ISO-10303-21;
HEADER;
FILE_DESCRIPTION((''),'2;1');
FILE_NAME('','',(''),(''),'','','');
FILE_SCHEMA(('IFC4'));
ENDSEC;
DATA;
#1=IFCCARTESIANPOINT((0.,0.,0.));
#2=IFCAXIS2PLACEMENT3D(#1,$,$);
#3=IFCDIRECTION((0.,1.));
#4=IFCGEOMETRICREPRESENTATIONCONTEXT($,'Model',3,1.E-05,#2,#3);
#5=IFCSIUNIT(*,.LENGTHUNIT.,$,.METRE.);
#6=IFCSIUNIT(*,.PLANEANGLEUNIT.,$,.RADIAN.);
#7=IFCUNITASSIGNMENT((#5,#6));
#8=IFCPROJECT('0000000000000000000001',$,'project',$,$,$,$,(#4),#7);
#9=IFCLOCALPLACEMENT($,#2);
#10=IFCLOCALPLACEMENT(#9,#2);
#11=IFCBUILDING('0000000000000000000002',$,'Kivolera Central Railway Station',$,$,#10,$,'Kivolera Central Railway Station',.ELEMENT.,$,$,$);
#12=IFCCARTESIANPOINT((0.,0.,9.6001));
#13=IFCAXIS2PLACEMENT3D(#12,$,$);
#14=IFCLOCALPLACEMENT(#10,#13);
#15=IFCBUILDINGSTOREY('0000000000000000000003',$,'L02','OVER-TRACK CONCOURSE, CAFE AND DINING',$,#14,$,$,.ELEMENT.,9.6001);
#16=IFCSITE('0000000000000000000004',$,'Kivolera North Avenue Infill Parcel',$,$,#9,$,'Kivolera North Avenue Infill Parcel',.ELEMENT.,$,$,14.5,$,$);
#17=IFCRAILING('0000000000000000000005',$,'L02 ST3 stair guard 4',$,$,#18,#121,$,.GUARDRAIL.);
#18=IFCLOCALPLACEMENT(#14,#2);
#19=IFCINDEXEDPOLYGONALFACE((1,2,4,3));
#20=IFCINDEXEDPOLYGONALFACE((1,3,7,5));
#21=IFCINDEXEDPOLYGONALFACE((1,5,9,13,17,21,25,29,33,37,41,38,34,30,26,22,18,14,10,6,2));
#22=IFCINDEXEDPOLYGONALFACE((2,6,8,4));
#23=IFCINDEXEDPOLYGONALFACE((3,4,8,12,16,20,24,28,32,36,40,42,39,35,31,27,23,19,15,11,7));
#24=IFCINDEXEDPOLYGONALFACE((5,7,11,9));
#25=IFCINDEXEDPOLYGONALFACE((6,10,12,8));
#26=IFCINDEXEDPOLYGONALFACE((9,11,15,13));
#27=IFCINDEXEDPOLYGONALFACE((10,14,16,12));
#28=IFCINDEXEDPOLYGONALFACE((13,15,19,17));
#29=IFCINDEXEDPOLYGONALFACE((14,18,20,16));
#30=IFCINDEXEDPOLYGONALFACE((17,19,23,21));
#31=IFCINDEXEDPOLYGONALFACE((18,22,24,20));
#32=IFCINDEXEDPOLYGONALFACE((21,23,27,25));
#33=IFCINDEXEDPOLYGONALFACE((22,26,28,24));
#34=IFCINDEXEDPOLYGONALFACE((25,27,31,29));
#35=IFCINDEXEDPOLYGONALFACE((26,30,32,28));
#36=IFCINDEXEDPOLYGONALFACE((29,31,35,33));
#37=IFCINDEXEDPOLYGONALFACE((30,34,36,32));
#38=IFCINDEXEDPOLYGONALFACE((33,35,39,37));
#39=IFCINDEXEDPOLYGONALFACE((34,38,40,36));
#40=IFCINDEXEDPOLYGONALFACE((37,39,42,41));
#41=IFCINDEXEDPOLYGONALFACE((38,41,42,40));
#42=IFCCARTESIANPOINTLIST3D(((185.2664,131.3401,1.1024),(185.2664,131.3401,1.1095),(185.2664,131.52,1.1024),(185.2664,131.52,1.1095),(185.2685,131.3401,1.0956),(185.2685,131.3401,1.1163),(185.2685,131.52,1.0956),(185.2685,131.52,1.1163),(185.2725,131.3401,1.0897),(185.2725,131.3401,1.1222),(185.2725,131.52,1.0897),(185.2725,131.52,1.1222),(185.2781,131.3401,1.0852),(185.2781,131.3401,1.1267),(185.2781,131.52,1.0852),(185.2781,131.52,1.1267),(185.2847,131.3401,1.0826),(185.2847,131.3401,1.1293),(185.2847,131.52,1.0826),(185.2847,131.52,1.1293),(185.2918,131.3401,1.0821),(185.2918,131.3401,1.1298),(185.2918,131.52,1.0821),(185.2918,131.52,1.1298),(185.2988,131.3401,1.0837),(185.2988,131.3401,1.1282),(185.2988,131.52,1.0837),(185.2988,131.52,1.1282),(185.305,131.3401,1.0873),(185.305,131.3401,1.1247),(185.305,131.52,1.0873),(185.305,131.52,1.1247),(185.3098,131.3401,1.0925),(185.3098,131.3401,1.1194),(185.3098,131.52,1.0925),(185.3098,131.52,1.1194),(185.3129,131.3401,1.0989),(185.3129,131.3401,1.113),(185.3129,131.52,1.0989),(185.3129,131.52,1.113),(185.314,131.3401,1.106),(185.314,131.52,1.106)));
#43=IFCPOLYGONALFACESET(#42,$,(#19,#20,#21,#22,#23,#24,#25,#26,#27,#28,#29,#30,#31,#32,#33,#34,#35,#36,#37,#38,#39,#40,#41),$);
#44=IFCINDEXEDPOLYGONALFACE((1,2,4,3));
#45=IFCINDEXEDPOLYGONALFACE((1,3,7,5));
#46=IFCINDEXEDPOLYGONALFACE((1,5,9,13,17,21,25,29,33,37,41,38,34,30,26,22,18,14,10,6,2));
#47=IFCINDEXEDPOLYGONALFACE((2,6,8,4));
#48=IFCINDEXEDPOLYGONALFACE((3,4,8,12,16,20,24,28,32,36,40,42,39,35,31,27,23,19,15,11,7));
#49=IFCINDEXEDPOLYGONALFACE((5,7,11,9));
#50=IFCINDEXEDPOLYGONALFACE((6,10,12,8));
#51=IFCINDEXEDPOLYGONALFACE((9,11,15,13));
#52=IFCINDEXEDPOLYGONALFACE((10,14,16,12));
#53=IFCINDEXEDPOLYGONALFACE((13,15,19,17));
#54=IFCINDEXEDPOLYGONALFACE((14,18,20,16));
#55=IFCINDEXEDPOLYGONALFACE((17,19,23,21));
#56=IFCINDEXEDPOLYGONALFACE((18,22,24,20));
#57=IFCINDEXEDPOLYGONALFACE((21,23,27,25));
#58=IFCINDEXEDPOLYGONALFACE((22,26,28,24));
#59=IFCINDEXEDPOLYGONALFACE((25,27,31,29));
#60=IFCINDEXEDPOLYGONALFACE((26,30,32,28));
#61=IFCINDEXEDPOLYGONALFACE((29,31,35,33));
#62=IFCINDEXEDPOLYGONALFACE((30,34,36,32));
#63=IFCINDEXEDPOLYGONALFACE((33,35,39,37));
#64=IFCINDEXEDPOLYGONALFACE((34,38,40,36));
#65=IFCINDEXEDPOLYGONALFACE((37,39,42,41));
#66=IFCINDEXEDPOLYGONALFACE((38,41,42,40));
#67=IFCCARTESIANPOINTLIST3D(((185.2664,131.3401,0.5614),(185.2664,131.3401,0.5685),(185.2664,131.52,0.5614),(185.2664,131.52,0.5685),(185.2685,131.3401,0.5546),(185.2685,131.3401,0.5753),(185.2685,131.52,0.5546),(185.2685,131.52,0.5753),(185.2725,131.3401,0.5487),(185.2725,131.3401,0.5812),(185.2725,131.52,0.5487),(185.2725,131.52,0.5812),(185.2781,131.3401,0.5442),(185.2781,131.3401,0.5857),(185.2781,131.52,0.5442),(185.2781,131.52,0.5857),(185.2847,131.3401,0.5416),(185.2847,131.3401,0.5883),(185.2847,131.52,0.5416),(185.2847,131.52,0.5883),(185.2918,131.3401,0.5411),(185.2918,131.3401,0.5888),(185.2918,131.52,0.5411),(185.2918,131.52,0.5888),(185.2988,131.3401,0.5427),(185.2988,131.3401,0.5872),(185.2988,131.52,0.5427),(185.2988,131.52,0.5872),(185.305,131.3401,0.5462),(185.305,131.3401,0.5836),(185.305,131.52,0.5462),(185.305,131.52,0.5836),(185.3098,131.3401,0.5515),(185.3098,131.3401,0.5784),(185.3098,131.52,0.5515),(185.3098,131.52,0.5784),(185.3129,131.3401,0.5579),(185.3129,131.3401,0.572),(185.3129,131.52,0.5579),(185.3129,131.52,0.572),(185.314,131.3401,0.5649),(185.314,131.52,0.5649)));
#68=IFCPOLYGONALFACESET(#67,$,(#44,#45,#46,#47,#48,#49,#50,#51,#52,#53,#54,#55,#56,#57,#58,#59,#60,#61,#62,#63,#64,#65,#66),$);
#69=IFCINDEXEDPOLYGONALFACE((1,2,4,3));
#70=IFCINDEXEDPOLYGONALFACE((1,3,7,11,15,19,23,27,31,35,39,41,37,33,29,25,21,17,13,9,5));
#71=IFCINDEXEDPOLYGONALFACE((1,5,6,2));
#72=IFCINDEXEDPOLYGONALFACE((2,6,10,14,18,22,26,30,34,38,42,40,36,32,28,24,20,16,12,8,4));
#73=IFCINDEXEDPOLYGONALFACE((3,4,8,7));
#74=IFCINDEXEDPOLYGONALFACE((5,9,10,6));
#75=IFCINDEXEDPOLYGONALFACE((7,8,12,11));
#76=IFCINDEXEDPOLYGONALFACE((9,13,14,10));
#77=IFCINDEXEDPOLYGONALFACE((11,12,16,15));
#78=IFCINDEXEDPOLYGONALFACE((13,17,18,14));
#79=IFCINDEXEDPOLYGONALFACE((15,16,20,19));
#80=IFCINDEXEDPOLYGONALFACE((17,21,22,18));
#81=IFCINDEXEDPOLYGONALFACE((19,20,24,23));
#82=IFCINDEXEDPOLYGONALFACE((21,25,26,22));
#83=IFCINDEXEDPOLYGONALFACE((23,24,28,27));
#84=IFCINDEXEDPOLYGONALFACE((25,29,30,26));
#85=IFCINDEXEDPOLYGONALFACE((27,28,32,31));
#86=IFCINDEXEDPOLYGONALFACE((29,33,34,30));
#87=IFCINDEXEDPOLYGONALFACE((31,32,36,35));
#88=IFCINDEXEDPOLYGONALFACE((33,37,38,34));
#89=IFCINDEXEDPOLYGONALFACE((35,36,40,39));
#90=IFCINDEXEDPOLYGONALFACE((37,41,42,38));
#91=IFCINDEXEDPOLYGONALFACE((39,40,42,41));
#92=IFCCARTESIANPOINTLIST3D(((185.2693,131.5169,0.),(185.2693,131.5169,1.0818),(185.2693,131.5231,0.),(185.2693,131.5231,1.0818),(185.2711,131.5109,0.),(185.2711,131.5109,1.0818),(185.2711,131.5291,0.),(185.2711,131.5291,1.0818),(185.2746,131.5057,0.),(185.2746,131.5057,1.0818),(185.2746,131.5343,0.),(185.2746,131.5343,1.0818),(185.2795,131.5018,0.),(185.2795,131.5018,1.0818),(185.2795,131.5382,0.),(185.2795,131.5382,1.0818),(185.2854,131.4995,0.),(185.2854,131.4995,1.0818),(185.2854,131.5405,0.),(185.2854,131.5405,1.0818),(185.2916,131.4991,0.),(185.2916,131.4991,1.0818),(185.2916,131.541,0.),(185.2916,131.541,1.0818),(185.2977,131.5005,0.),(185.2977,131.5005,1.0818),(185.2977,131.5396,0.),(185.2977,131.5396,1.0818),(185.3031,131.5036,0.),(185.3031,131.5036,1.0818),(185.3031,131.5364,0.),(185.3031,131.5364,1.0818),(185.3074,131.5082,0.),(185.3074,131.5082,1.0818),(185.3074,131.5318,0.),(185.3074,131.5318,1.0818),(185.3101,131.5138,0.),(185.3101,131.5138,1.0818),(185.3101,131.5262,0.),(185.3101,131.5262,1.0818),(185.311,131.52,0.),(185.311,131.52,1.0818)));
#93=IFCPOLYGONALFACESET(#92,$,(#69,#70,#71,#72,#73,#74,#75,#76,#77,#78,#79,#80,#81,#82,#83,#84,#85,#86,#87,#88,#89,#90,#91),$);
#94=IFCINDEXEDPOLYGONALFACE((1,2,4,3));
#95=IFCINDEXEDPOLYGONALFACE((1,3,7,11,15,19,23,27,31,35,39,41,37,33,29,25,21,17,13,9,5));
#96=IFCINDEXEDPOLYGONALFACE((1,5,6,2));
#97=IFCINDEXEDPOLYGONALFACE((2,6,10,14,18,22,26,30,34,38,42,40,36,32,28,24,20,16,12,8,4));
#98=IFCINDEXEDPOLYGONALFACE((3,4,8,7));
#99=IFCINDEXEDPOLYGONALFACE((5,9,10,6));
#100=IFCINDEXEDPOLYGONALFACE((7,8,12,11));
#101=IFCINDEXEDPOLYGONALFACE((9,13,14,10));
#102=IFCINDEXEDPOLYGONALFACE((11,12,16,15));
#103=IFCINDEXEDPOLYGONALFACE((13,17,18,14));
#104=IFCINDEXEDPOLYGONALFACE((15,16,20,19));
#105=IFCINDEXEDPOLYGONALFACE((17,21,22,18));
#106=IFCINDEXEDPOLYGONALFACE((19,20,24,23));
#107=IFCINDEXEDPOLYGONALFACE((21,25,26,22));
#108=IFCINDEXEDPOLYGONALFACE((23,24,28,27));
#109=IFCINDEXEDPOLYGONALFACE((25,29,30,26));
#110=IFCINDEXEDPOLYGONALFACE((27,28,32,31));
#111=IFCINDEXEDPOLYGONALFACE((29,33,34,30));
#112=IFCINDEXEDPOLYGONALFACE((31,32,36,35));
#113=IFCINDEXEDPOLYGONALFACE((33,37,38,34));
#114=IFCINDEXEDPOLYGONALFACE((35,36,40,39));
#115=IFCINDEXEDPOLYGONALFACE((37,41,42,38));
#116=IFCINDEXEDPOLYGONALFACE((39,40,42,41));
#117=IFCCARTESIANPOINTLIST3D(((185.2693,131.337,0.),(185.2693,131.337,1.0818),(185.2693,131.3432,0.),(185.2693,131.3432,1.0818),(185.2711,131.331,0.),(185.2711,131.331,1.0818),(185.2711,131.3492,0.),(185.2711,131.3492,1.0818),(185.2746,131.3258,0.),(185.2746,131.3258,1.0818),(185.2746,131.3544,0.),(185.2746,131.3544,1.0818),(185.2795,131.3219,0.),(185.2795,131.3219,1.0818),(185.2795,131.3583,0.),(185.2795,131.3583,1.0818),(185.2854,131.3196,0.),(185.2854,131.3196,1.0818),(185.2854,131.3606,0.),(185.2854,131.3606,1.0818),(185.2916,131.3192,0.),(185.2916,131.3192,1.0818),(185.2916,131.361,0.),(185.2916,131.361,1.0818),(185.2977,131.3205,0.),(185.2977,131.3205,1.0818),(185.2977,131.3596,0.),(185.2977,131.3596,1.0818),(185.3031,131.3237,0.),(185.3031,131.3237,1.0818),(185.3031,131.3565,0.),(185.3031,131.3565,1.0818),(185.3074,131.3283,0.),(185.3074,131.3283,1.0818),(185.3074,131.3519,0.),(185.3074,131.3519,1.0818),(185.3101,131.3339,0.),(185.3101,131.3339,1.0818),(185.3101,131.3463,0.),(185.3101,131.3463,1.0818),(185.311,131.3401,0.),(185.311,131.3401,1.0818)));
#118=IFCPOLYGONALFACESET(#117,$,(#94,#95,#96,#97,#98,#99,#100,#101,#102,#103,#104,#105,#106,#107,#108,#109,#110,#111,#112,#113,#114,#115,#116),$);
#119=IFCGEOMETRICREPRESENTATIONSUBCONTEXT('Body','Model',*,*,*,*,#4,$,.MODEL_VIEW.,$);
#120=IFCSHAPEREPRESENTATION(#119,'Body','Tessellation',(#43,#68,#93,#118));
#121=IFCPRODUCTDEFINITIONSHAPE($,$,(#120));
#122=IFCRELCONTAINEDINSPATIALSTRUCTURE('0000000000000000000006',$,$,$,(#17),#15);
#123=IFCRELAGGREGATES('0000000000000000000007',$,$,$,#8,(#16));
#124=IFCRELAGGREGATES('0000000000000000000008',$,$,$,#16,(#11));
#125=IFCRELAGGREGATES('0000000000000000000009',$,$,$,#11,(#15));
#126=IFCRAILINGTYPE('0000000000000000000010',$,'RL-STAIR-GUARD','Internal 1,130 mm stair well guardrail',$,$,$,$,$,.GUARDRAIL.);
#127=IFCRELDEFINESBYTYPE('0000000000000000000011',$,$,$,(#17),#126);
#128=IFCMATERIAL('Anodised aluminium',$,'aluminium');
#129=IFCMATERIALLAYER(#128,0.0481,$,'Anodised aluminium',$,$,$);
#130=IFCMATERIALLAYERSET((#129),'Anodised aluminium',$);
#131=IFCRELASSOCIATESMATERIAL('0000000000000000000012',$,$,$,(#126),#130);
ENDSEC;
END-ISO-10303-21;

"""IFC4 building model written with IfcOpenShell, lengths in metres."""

from ifc_helpers import new_model, si_unit, direction, frame, origin, origin_2d, place, context, subcontext, project, spatial, circle, extrude, material, layer, layer_set, type_object, element, save


model = new_model("IFC4")

# Units and contexts
model_context = context("Model", 3, precision=1e-05, world=origin(), true_north=direction((0.0, 1.0)))
body_context = subcontext(model_context, "Body", "Model", "MODEL_VIEW")
ifc_project = project(units=[si_unit("LENGTHUNIT", "METRE"), si_unit("PLANEANGLEUNIT", "RADIAN")], contexts=[model_context])

# Site, building, storey
site_placement = place(None, origin())
site = spatial("IfcSite", under=ifc_project, at=site_placement, Name="Kivolera North Avenue Infill Parcel", LongName="Kivolera North Avenue Infill Parcel", CompositionType="ELEMENT", RefElevation=14.5)
building_placement = place(site_placement, origin())
building = spatial("IfcBuilding", under=site, at=building_placement, Name="Kivolera Central Railway Station", LongName="Kivolera Central Railway Station", CompositionType="ELEMENT")
storey_placement = place(building_placement, frame((0.0, 0.0, 9.6001)))
storey = spatial("IfcBuildingStorey", under=building, at=storey_placement, Name="L02", Description="OVER-TRACK CONCOURSE, CAFE AND DINING", CompositionType="ELEMENT", Elevation=9.6001)

# Shared definitions
ifc_material_1 = material(Name="Anodised aluminium", Category="aluminium")

# Railing
ifc_layer_1 = layer(ifc_material_1, 0.0481, Name="Anodised aluminium")
ifc_layer_set_1 = layer_set([ifc_layer_1], Name="Anodised aluminium")
railing_type_1 = type_object("IfcRailingType", Name="RL-STAIR-GUARD", Description="Internal 1,130 mm stair well guardrail", PredefinedType="GUARDRAIL", material=ifc_layer_set_1)
railing_1_placement = place(storey_placement, frame((185.29, 131.52, 0.0)))
element("IfcRailing", 1, at=railing_1_placement, inside=storey, type_object=railing_type_1, Name="L02 ST3 stair guard 4", PredefinedType="GUARDRAIL", context=body_context, shape_type="SweptSolid", body=[
    extrude(circle(Radius=0.0239, at=origin_2d()), frame((0.0, 0.0, 1.106), z_axis=(0.0, -1.0, 0.0), x_axis=(1.0, 0.0, 0.0)), (0.0, 0.0, 1.0), 0.1799),
    extrude(circle(Radius=0.0239, at=origin_2d()), frame((0.0, 0.0, 0.5649), z_axis=(0.0, -1.0, 0.0), x_axis=(1.0, 0.0, 0.0)), (0.0, 0.0, 1.0), 0.1799),
    extrude(circle(Radius=0.021, at=origin_2d()), origin(), (0.0, 0.0, 1.0), 1.0818),
    extrude(circle(Radius=0.021, at=origin_2d()), frame((0.0, -0.1799, 0.0)), (0.0, 0.0, 1.0), 1.0818),
])

save(model, "model.ifc")
